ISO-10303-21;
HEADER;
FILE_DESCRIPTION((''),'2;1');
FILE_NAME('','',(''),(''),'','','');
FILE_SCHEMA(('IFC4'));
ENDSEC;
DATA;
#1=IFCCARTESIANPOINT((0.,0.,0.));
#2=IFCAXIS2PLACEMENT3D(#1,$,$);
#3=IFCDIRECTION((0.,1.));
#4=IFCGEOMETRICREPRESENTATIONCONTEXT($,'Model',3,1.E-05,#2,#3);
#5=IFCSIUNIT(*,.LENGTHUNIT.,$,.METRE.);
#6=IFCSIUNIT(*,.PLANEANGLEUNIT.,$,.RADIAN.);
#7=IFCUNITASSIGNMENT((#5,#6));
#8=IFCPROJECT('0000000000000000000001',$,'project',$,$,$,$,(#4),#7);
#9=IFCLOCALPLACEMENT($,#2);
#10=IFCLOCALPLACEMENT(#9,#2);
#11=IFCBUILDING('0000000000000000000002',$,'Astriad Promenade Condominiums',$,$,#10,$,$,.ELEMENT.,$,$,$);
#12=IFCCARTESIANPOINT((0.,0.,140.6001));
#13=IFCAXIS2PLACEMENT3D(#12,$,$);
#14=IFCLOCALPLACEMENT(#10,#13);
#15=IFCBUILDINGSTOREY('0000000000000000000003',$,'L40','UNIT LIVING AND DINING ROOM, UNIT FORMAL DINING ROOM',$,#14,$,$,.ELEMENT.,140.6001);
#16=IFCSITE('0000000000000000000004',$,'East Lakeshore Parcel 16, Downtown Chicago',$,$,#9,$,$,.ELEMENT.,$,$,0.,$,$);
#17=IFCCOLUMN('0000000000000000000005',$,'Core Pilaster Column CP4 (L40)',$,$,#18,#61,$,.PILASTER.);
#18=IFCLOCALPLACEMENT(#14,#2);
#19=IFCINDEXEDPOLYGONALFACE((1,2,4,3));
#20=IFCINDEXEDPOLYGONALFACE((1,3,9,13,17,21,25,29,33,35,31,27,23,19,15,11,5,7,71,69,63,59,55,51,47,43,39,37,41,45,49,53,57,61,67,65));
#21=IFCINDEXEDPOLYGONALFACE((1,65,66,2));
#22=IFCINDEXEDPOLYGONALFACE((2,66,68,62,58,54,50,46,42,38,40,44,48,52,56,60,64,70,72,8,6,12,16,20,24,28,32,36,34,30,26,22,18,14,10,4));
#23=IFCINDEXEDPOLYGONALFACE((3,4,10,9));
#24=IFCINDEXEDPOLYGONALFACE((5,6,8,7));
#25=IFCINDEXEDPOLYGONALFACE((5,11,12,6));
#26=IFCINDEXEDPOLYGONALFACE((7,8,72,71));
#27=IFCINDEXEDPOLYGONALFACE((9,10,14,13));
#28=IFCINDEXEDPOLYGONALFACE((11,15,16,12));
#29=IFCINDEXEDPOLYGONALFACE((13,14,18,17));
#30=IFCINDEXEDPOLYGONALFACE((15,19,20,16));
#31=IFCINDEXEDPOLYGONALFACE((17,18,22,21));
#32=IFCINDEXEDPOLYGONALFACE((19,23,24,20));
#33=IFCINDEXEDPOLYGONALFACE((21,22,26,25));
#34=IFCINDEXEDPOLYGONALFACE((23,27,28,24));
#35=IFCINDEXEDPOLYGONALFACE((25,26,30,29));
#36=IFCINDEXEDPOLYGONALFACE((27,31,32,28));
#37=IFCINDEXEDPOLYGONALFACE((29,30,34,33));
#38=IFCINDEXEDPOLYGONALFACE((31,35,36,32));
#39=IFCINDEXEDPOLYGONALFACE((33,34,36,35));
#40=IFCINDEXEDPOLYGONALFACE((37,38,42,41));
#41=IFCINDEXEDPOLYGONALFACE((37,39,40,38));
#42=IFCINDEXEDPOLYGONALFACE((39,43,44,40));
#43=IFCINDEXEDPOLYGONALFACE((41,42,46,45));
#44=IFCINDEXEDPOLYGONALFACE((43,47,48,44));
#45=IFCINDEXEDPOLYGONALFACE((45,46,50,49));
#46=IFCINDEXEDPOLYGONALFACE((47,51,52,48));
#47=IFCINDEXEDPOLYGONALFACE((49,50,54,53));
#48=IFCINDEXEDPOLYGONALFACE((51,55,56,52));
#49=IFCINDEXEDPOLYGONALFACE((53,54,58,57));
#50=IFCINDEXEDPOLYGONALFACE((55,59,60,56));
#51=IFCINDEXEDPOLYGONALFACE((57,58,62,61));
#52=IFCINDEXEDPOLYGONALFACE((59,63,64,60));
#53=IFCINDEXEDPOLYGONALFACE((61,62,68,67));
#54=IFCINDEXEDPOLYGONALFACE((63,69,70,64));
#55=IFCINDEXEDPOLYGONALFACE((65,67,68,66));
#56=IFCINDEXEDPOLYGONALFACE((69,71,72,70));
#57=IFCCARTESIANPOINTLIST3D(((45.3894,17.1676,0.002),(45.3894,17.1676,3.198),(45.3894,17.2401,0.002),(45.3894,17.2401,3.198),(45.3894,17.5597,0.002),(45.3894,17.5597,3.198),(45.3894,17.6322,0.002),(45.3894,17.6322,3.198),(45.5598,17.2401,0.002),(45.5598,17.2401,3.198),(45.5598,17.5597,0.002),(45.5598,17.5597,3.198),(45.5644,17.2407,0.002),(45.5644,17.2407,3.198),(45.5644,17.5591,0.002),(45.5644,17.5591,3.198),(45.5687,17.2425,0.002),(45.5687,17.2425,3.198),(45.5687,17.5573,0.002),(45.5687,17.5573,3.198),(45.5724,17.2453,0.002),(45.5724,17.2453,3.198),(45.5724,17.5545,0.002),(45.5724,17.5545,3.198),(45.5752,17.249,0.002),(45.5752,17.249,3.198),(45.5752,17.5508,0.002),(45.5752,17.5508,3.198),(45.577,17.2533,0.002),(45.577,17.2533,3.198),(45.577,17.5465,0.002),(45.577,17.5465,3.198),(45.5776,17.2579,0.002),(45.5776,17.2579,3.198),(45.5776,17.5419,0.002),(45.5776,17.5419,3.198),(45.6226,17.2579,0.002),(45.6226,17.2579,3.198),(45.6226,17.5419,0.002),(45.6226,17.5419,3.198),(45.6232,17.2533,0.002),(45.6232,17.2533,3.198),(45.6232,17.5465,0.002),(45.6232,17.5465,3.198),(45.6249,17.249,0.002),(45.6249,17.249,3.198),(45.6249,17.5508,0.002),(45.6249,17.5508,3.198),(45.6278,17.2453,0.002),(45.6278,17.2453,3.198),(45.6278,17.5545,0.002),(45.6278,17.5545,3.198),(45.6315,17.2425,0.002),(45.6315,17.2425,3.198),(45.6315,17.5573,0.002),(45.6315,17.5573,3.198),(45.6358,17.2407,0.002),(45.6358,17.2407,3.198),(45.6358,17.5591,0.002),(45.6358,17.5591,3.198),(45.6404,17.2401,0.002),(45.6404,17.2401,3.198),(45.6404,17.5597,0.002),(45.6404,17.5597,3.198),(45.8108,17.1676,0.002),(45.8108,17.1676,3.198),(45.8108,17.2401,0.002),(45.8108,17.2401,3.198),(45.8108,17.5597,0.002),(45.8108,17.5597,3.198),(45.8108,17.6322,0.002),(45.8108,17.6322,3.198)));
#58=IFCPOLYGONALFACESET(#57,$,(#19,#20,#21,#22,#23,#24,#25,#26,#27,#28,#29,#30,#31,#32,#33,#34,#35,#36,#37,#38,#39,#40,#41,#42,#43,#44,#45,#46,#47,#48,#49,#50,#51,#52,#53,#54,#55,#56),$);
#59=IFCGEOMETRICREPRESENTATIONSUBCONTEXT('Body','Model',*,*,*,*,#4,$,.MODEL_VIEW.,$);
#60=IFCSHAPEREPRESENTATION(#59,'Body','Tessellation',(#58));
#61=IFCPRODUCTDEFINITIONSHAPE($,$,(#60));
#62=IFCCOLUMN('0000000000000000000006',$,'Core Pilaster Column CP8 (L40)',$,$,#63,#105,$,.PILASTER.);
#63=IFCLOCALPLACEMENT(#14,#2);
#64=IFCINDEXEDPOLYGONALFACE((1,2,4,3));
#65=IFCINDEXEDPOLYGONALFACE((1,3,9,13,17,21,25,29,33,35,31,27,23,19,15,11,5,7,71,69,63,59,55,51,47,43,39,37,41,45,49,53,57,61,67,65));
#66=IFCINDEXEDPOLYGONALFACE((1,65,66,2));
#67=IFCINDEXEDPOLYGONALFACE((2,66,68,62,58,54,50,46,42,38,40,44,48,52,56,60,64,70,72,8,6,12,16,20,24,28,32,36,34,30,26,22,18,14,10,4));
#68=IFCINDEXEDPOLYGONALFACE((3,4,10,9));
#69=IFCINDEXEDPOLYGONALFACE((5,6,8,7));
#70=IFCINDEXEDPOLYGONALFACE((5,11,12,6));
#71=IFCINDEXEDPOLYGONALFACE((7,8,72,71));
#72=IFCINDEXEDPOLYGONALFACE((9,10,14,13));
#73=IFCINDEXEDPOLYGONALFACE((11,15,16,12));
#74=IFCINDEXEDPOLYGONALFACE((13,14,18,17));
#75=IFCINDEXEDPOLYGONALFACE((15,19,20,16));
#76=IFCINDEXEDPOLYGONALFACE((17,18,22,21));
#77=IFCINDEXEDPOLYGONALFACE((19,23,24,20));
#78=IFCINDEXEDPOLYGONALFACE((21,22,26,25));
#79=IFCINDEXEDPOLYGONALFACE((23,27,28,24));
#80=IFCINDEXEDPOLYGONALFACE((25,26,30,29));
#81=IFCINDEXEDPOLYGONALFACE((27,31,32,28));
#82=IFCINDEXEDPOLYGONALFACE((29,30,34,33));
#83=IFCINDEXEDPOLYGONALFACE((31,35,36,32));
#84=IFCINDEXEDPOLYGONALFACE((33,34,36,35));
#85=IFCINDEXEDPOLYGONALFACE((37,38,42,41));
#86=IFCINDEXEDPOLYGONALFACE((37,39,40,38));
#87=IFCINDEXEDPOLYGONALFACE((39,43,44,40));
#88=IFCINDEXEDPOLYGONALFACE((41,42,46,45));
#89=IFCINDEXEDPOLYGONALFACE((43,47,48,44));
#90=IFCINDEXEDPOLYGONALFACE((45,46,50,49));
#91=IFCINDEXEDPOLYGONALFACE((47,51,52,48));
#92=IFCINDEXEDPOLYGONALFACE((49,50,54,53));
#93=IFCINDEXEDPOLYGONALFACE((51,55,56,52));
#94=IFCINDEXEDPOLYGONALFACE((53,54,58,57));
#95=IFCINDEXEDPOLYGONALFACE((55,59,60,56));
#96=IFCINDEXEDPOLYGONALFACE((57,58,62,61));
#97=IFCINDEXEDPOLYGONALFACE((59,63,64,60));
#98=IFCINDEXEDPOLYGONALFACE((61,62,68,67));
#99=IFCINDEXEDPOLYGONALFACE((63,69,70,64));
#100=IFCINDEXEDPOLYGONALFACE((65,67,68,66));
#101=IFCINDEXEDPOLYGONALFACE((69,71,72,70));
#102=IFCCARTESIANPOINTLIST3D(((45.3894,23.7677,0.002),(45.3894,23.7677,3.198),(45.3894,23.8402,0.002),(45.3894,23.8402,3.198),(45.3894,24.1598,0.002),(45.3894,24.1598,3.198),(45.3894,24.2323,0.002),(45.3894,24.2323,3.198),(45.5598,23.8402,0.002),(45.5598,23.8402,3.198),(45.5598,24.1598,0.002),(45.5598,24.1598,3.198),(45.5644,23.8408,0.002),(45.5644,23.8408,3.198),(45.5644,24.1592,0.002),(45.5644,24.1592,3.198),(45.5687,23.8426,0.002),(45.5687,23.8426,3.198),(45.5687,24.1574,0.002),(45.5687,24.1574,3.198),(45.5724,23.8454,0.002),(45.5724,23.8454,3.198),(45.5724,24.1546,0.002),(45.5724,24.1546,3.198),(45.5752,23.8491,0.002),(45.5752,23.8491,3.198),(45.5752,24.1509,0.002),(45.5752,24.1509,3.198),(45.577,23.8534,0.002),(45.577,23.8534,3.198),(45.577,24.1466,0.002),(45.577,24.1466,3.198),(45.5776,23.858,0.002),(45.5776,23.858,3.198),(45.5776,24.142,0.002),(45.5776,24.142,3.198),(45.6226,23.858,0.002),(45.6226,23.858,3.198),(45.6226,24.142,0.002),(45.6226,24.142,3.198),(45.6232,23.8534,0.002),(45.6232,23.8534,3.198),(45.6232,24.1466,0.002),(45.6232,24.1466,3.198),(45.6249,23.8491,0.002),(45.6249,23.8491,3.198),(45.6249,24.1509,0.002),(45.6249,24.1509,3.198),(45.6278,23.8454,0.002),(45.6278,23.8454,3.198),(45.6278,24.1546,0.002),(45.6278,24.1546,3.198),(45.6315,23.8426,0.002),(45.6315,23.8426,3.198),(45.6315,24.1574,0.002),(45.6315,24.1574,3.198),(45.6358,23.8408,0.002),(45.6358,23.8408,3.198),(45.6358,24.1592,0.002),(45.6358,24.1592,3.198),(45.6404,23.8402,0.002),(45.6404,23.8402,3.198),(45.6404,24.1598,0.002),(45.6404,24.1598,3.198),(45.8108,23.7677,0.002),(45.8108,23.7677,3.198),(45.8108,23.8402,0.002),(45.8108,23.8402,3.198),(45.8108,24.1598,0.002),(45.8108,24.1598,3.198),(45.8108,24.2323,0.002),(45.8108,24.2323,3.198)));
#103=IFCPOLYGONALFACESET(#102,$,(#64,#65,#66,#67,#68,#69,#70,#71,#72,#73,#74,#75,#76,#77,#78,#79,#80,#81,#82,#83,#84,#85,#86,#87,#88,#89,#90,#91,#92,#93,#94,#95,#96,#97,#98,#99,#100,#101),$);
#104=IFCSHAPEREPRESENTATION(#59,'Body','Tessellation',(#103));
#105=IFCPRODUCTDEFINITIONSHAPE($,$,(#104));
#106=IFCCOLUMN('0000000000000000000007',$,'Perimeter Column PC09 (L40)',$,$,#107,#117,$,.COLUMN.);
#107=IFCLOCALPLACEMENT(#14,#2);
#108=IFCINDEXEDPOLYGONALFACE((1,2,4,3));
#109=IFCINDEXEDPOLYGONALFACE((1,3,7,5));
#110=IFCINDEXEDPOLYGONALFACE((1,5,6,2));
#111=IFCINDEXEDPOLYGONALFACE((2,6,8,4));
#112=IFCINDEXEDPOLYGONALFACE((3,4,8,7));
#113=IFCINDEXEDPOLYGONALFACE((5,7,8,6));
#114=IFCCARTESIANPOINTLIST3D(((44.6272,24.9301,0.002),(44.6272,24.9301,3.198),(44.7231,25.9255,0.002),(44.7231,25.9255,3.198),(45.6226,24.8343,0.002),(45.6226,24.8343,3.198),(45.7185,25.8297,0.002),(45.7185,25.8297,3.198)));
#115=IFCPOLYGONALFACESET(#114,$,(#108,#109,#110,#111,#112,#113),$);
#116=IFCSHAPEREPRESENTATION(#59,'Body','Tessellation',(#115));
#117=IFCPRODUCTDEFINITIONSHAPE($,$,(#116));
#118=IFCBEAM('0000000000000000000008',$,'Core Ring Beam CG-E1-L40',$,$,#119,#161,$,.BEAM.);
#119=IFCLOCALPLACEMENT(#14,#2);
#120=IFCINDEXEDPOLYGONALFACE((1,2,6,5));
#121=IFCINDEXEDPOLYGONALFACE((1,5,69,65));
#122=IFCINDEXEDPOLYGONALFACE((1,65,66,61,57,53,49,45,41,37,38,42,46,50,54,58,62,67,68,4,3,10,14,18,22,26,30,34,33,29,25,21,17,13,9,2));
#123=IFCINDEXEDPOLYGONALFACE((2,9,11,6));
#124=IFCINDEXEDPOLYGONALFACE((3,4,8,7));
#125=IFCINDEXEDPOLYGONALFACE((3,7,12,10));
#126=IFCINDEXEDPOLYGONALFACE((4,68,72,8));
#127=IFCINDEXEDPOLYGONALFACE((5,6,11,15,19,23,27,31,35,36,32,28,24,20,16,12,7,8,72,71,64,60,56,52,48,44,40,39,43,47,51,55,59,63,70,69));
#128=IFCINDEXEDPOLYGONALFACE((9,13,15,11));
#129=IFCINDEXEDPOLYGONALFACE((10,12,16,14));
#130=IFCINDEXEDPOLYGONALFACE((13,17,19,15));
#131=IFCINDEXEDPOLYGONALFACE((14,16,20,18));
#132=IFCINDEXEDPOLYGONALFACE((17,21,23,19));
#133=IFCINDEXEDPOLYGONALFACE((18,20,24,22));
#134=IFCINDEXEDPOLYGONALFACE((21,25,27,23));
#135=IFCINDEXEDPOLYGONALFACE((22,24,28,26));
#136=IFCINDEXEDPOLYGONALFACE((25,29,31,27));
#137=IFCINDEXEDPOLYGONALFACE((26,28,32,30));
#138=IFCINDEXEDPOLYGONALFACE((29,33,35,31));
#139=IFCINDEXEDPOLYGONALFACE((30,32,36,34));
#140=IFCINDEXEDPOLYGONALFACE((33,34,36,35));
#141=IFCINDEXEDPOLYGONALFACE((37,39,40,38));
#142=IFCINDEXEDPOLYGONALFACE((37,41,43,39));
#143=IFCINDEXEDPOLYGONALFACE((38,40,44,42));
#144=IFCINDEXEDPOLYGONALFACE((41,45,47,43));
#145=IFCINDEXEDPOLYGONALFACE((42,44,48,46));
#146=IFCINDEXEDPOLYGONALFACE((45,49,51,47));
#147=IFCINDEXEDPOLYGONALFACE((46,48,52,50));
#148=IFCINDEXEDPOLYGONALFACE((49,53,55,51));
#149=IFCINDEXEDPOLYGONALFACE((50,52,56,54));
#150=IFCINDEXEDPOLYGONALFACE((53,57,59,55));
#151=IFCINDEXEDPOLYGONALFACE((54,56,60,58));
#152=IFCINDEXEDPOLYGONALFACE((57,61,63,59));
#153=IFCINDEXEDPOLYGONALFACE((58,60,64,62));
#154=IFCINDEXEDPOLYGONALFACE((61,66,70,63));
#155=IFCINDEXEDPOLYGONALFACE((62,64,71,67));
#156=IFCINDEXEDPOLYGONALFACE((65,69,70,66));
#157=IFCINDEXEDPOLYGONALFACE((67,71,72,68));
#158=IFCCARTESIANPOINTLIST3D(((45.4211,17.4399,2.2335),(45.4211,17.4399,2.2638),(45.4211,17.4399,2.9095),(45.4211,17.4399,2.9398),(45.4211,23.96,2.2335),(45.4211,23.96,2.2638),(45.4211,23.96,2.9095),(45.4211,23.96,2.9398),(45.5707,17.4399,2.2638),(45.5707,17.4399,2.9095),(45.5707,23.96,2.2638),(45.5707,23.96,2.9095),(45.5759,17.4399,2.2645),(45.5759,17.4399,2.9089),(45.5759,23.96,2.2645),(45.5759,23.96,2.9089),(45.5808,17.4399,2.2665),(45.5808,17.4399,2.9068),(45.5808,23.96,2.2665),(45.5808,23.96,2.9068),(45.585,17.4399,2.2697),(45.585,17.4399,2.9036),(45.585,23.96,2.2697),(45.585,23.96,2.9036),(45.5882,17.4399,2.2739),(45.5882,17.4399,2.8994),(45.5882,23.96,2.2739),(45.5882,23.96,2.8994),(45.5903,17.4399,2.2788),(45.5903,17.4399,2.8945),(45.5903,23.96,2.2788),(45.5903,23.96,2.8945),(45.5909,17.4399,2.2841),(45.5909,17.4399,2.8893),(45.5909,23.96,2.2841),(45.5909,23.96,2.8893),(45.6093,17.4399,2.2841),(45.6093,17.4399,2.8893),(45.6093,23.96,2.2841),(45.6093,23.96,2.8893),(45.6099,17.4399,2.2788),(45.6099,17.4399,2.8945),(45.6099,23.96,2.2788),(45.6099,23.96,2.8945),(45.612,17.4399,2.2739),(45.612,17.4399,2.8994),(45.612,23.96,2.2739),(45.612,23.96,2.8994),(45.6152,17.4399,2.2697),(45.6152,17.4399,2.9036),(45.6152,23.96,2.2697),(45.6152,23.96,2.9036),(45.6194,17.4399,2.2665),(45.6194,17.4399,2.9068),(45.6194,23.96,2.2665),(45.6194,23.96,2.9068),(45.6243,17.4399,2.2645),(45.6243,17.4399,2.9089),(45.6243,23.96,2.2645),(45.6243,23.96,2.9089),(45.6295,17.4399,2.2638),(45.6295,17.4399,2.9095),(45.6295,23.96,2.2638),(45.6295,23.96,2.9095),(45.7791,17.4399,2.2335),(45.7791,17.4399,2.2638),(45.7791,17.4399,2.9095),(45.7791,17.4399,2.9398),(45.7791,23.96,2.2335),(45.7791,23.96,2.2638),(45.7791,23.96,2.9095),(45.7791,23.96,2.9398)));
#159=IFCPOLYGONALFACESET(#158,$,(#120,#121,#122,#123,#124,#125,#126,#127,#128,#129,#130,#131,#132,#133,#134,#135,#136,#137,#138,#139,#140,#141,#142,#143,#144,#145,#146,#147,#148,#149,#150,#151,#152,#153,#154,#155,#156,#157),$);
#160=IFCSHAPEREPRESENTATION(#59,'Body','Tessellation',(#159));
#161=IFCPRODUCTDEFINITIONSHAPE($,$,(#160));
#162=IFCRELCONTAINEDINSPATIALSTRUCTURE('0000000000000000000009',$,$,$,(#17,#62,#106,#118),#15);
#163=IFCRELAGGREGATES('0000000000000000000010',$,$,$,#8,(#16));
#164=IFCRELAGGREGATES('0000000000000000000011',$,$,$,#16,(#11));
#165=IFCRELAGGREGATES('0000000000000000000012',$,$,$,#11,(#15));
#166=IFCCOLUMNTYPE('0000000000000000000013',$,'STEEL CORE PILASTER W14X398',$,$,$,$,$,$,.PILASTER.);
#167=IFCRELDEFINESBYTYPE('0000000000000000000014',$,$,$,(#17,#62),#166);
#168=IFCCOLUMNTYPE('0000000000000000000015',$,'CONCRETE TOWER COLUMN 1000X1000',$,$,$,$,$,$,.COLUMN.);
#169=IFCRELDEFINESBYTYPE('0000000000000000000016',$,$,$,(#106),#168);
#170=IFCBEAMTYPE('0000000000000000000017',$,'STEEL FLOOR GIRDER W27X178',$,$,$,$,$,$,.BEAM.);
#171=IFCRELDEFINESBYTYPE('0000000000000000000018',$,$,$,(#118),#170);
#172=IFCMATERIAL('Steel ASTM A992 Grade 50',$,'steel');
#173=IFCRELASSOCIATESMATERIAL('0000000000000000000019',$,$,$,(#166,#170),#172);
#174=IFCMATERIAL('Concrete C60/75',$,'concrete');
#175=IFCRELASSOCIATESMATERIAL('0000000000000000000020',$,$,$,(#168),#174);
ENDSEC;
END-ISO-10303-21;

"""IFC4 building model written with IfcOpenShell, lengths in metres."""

from ifc_helpers import new_model, si_unit, direction, frame, origin, origin_2d, place, context, subcontext, project, spatial, rectangle, i_section, extrude, source, transform, mapped, material, material_profile, profile_set, type_object, type_shapes, element, save


model = new_model("IFC4")

# Units and contexts
model_context = context("Model", 3, precision=1e-05, world=origin(), true_north=direction((0.0, 1.0)))
body_context = subcontext(model_context, "Body", "Model", "MODEL_VIEW")
ifc_project = project(units=[si_unit("LENGTHUNIT", "METRE"), si_unit("PLANEANGLEUNIT", "RADIAN")], contexts=[model_context])

# Site, building, storey
site_placement = place(None, origin())
site = spatial("IfcSite", under=ifc_project, at=site_placement, Name="East Lakeshore Parcel 16, Downtown Chicago", CompositionType="ELEMENT", RefElevation=0.0)
building_placement = place(site_placement, origin())
building = spatial("IfcBuilding", under=site, at=building_placement, Name="Astriad Promenade Condominiums", CompositionType="ELEMENT")
storey_placement = place(building_placement, frame((0.0, 0.0, 140.6001)))
storey = spatial("IfcBuildingStorey", under=building, at=storey_placement, Name="L40", Description="UNIT LIVING AND DINING ROOM, UNIT FORMAL DINING ROOM", CompositionType="ELEMENT", Elevation=140.6001)

# Columns
ifc_material_1 = material(Name="Steel ASTM A992 Grade 50", Category="steel")
ifc_material_profile_1 = material_profile(ifc_material_1, i_section(OverallWidth=0.4214, OverallDepth=0.4646, WebThickness=0.0449, FlangeThickness=0.0725, FilletRadius=0.0178, at=origin_2d()), Name="W14X398")
ifc_profile_set_1 = profile_set([ifc_material_profile_1], Name="Steel ASTM A992 Grade 50")
column_type_1 = type_object("IfcColumnType", Name="STEEL CORE PILASTER W14X398", PredefinedType="PILASTER", material=ifc_profile_set_1)
shared_shape_1 = source(origin(), body_context, "Body", "SweptSolid", [
    extrude(i_section(OverallWidth=0.4214, OverallDepth=0.4646, WebThickness=0.0449, FlangeThickness=0.0725, FilletRadius=0.0178, at=origin_2d()), origin(), (0.0, 0.0, 1.0), 3.196),
])
type_shapes(column_type_1, [shared_shape_1])
for number, where, z_axis, x_axis, name in (
    (1, (45.6001, 17.3999, 0.002), (0.0, 0.0, 1.0), (1.0, 0.0, 0.0), "Core Pilaster Column CP4 (L40)"),
    (2, (45.6001, 24.0, 0.002), (0.0, 0.0, 1.0), (1.0, 0.0, 0.0), "Core Pilaster Column CP8 (L40)"),
):
    element("IfcColumn", number, at=place(storey_placement, frame(where, z_axis=z_axis, x_axis=x_axis)), inside=storey, type_object=column_type_1, Name=name, PredefinedType="PILASTER", context=body_context, shape_type="MappedRepresentation", body=[
        mapped(shared_shape_1, transform((0.0, 0.0, 0.0), scale=1.0)),
    ])
ifc_material_2 = material(Name="Concrete C60/75", Category="concrete")
ifc_material_profile_2 = material_profile(ifc_material_2, rectangle(XDim=1.0, YDim=1.0, at=origin_2d()), Name="RC-COL-1000X1000")
ifc_profile_set_2 = profile_set([ifc_material_profile_2], Name="Concrete C60/75")
column_type_2 = type_object("IfcColumnType", Name="CONCRETE TOWER COLUMN 1000X1000", PredefinedType="COLUMN", material=ifc_profile_set_2)
shared_shape_2 = source(origin(), body_context, "Body", "SweptSolid", [
    extrude(rectangle(XDim=1.0, YDim=1.0, at=origin_2d()), origin(), (0.0, 0.0, 1.0), 3.196),
])
type_shapes(column_type_2, [shared_shape_2])
column_placement = place(storey_placement, frame((45.1729, 25.3799, 0.002), z_axis=(0.0, 0.0, 1.0), x_axis=(0.995396, -0.095846, 0.0)))
element("IfcColumn", 3, at=column_placement, inside=storey, type_object=column_type_2, Name="Perimeter Column PC09 (L40)", PredefinedType="COLUMN", context=body_context, shape_type="MappedRepresentation", body=[
    mapped(shared_shape_2, transform((0.0, 0.0, 0.0), scale=1.0)),
])

# Beam
ifc_material_profile_3 = material_profile(ifc_material_1, i_section(OverallWidth=0.3579, OverallDepth=0.7063, WebThickness=0.0183, FlangeThickness=0.0303, FilletRadius=0.0203, at=origin_2d()), Name="W27X178")
ifc_profile_set_3 = profile_set([ifc_material_profile_3], Name="Steel ASTM A992 Grade 50")
beam_type_1 = type_object("IfcBeamType", Name="STEEL FLOOR GIRDER W27X178", PredefinedType="BEAM", material=ifc_profile_set_3)
shared_shape_3 = source(origin(), body_context, "Body", "SweptSolid", [
    extrude(i_section(OverallWidth=0.3579, OverallDepth=0.7063, WebThickness=0.0183, FlangeThickness=0.0303, FilletRadius=0.0203, at=origin_2d()), origin(), (0.0, 0.0, 1.0), 6.52),
])
type_shapes(beam_type_1, [shared_shape_3])
beam_1_placement = place(storey_placement, frame((45.6001, 17.4399, 2.5867), z_axis=(0.0, 1.0, 0.0), x_axis=(-1.0, 0.0, 0.0)))
element("IfcBeam", 4, at=beam_1_placement, inside=storey, type_object=beam_type_1, Name="Core Ring Beam CG-E1-L40", PredefinedType="BEAM", context=body_context, shape_type="MappedRepresentation", body=[
    mapped(shared_shape_3, transform((0.0, 0.0, 0.0), scale=1.0)),
])

save(model, "model.ifc")
